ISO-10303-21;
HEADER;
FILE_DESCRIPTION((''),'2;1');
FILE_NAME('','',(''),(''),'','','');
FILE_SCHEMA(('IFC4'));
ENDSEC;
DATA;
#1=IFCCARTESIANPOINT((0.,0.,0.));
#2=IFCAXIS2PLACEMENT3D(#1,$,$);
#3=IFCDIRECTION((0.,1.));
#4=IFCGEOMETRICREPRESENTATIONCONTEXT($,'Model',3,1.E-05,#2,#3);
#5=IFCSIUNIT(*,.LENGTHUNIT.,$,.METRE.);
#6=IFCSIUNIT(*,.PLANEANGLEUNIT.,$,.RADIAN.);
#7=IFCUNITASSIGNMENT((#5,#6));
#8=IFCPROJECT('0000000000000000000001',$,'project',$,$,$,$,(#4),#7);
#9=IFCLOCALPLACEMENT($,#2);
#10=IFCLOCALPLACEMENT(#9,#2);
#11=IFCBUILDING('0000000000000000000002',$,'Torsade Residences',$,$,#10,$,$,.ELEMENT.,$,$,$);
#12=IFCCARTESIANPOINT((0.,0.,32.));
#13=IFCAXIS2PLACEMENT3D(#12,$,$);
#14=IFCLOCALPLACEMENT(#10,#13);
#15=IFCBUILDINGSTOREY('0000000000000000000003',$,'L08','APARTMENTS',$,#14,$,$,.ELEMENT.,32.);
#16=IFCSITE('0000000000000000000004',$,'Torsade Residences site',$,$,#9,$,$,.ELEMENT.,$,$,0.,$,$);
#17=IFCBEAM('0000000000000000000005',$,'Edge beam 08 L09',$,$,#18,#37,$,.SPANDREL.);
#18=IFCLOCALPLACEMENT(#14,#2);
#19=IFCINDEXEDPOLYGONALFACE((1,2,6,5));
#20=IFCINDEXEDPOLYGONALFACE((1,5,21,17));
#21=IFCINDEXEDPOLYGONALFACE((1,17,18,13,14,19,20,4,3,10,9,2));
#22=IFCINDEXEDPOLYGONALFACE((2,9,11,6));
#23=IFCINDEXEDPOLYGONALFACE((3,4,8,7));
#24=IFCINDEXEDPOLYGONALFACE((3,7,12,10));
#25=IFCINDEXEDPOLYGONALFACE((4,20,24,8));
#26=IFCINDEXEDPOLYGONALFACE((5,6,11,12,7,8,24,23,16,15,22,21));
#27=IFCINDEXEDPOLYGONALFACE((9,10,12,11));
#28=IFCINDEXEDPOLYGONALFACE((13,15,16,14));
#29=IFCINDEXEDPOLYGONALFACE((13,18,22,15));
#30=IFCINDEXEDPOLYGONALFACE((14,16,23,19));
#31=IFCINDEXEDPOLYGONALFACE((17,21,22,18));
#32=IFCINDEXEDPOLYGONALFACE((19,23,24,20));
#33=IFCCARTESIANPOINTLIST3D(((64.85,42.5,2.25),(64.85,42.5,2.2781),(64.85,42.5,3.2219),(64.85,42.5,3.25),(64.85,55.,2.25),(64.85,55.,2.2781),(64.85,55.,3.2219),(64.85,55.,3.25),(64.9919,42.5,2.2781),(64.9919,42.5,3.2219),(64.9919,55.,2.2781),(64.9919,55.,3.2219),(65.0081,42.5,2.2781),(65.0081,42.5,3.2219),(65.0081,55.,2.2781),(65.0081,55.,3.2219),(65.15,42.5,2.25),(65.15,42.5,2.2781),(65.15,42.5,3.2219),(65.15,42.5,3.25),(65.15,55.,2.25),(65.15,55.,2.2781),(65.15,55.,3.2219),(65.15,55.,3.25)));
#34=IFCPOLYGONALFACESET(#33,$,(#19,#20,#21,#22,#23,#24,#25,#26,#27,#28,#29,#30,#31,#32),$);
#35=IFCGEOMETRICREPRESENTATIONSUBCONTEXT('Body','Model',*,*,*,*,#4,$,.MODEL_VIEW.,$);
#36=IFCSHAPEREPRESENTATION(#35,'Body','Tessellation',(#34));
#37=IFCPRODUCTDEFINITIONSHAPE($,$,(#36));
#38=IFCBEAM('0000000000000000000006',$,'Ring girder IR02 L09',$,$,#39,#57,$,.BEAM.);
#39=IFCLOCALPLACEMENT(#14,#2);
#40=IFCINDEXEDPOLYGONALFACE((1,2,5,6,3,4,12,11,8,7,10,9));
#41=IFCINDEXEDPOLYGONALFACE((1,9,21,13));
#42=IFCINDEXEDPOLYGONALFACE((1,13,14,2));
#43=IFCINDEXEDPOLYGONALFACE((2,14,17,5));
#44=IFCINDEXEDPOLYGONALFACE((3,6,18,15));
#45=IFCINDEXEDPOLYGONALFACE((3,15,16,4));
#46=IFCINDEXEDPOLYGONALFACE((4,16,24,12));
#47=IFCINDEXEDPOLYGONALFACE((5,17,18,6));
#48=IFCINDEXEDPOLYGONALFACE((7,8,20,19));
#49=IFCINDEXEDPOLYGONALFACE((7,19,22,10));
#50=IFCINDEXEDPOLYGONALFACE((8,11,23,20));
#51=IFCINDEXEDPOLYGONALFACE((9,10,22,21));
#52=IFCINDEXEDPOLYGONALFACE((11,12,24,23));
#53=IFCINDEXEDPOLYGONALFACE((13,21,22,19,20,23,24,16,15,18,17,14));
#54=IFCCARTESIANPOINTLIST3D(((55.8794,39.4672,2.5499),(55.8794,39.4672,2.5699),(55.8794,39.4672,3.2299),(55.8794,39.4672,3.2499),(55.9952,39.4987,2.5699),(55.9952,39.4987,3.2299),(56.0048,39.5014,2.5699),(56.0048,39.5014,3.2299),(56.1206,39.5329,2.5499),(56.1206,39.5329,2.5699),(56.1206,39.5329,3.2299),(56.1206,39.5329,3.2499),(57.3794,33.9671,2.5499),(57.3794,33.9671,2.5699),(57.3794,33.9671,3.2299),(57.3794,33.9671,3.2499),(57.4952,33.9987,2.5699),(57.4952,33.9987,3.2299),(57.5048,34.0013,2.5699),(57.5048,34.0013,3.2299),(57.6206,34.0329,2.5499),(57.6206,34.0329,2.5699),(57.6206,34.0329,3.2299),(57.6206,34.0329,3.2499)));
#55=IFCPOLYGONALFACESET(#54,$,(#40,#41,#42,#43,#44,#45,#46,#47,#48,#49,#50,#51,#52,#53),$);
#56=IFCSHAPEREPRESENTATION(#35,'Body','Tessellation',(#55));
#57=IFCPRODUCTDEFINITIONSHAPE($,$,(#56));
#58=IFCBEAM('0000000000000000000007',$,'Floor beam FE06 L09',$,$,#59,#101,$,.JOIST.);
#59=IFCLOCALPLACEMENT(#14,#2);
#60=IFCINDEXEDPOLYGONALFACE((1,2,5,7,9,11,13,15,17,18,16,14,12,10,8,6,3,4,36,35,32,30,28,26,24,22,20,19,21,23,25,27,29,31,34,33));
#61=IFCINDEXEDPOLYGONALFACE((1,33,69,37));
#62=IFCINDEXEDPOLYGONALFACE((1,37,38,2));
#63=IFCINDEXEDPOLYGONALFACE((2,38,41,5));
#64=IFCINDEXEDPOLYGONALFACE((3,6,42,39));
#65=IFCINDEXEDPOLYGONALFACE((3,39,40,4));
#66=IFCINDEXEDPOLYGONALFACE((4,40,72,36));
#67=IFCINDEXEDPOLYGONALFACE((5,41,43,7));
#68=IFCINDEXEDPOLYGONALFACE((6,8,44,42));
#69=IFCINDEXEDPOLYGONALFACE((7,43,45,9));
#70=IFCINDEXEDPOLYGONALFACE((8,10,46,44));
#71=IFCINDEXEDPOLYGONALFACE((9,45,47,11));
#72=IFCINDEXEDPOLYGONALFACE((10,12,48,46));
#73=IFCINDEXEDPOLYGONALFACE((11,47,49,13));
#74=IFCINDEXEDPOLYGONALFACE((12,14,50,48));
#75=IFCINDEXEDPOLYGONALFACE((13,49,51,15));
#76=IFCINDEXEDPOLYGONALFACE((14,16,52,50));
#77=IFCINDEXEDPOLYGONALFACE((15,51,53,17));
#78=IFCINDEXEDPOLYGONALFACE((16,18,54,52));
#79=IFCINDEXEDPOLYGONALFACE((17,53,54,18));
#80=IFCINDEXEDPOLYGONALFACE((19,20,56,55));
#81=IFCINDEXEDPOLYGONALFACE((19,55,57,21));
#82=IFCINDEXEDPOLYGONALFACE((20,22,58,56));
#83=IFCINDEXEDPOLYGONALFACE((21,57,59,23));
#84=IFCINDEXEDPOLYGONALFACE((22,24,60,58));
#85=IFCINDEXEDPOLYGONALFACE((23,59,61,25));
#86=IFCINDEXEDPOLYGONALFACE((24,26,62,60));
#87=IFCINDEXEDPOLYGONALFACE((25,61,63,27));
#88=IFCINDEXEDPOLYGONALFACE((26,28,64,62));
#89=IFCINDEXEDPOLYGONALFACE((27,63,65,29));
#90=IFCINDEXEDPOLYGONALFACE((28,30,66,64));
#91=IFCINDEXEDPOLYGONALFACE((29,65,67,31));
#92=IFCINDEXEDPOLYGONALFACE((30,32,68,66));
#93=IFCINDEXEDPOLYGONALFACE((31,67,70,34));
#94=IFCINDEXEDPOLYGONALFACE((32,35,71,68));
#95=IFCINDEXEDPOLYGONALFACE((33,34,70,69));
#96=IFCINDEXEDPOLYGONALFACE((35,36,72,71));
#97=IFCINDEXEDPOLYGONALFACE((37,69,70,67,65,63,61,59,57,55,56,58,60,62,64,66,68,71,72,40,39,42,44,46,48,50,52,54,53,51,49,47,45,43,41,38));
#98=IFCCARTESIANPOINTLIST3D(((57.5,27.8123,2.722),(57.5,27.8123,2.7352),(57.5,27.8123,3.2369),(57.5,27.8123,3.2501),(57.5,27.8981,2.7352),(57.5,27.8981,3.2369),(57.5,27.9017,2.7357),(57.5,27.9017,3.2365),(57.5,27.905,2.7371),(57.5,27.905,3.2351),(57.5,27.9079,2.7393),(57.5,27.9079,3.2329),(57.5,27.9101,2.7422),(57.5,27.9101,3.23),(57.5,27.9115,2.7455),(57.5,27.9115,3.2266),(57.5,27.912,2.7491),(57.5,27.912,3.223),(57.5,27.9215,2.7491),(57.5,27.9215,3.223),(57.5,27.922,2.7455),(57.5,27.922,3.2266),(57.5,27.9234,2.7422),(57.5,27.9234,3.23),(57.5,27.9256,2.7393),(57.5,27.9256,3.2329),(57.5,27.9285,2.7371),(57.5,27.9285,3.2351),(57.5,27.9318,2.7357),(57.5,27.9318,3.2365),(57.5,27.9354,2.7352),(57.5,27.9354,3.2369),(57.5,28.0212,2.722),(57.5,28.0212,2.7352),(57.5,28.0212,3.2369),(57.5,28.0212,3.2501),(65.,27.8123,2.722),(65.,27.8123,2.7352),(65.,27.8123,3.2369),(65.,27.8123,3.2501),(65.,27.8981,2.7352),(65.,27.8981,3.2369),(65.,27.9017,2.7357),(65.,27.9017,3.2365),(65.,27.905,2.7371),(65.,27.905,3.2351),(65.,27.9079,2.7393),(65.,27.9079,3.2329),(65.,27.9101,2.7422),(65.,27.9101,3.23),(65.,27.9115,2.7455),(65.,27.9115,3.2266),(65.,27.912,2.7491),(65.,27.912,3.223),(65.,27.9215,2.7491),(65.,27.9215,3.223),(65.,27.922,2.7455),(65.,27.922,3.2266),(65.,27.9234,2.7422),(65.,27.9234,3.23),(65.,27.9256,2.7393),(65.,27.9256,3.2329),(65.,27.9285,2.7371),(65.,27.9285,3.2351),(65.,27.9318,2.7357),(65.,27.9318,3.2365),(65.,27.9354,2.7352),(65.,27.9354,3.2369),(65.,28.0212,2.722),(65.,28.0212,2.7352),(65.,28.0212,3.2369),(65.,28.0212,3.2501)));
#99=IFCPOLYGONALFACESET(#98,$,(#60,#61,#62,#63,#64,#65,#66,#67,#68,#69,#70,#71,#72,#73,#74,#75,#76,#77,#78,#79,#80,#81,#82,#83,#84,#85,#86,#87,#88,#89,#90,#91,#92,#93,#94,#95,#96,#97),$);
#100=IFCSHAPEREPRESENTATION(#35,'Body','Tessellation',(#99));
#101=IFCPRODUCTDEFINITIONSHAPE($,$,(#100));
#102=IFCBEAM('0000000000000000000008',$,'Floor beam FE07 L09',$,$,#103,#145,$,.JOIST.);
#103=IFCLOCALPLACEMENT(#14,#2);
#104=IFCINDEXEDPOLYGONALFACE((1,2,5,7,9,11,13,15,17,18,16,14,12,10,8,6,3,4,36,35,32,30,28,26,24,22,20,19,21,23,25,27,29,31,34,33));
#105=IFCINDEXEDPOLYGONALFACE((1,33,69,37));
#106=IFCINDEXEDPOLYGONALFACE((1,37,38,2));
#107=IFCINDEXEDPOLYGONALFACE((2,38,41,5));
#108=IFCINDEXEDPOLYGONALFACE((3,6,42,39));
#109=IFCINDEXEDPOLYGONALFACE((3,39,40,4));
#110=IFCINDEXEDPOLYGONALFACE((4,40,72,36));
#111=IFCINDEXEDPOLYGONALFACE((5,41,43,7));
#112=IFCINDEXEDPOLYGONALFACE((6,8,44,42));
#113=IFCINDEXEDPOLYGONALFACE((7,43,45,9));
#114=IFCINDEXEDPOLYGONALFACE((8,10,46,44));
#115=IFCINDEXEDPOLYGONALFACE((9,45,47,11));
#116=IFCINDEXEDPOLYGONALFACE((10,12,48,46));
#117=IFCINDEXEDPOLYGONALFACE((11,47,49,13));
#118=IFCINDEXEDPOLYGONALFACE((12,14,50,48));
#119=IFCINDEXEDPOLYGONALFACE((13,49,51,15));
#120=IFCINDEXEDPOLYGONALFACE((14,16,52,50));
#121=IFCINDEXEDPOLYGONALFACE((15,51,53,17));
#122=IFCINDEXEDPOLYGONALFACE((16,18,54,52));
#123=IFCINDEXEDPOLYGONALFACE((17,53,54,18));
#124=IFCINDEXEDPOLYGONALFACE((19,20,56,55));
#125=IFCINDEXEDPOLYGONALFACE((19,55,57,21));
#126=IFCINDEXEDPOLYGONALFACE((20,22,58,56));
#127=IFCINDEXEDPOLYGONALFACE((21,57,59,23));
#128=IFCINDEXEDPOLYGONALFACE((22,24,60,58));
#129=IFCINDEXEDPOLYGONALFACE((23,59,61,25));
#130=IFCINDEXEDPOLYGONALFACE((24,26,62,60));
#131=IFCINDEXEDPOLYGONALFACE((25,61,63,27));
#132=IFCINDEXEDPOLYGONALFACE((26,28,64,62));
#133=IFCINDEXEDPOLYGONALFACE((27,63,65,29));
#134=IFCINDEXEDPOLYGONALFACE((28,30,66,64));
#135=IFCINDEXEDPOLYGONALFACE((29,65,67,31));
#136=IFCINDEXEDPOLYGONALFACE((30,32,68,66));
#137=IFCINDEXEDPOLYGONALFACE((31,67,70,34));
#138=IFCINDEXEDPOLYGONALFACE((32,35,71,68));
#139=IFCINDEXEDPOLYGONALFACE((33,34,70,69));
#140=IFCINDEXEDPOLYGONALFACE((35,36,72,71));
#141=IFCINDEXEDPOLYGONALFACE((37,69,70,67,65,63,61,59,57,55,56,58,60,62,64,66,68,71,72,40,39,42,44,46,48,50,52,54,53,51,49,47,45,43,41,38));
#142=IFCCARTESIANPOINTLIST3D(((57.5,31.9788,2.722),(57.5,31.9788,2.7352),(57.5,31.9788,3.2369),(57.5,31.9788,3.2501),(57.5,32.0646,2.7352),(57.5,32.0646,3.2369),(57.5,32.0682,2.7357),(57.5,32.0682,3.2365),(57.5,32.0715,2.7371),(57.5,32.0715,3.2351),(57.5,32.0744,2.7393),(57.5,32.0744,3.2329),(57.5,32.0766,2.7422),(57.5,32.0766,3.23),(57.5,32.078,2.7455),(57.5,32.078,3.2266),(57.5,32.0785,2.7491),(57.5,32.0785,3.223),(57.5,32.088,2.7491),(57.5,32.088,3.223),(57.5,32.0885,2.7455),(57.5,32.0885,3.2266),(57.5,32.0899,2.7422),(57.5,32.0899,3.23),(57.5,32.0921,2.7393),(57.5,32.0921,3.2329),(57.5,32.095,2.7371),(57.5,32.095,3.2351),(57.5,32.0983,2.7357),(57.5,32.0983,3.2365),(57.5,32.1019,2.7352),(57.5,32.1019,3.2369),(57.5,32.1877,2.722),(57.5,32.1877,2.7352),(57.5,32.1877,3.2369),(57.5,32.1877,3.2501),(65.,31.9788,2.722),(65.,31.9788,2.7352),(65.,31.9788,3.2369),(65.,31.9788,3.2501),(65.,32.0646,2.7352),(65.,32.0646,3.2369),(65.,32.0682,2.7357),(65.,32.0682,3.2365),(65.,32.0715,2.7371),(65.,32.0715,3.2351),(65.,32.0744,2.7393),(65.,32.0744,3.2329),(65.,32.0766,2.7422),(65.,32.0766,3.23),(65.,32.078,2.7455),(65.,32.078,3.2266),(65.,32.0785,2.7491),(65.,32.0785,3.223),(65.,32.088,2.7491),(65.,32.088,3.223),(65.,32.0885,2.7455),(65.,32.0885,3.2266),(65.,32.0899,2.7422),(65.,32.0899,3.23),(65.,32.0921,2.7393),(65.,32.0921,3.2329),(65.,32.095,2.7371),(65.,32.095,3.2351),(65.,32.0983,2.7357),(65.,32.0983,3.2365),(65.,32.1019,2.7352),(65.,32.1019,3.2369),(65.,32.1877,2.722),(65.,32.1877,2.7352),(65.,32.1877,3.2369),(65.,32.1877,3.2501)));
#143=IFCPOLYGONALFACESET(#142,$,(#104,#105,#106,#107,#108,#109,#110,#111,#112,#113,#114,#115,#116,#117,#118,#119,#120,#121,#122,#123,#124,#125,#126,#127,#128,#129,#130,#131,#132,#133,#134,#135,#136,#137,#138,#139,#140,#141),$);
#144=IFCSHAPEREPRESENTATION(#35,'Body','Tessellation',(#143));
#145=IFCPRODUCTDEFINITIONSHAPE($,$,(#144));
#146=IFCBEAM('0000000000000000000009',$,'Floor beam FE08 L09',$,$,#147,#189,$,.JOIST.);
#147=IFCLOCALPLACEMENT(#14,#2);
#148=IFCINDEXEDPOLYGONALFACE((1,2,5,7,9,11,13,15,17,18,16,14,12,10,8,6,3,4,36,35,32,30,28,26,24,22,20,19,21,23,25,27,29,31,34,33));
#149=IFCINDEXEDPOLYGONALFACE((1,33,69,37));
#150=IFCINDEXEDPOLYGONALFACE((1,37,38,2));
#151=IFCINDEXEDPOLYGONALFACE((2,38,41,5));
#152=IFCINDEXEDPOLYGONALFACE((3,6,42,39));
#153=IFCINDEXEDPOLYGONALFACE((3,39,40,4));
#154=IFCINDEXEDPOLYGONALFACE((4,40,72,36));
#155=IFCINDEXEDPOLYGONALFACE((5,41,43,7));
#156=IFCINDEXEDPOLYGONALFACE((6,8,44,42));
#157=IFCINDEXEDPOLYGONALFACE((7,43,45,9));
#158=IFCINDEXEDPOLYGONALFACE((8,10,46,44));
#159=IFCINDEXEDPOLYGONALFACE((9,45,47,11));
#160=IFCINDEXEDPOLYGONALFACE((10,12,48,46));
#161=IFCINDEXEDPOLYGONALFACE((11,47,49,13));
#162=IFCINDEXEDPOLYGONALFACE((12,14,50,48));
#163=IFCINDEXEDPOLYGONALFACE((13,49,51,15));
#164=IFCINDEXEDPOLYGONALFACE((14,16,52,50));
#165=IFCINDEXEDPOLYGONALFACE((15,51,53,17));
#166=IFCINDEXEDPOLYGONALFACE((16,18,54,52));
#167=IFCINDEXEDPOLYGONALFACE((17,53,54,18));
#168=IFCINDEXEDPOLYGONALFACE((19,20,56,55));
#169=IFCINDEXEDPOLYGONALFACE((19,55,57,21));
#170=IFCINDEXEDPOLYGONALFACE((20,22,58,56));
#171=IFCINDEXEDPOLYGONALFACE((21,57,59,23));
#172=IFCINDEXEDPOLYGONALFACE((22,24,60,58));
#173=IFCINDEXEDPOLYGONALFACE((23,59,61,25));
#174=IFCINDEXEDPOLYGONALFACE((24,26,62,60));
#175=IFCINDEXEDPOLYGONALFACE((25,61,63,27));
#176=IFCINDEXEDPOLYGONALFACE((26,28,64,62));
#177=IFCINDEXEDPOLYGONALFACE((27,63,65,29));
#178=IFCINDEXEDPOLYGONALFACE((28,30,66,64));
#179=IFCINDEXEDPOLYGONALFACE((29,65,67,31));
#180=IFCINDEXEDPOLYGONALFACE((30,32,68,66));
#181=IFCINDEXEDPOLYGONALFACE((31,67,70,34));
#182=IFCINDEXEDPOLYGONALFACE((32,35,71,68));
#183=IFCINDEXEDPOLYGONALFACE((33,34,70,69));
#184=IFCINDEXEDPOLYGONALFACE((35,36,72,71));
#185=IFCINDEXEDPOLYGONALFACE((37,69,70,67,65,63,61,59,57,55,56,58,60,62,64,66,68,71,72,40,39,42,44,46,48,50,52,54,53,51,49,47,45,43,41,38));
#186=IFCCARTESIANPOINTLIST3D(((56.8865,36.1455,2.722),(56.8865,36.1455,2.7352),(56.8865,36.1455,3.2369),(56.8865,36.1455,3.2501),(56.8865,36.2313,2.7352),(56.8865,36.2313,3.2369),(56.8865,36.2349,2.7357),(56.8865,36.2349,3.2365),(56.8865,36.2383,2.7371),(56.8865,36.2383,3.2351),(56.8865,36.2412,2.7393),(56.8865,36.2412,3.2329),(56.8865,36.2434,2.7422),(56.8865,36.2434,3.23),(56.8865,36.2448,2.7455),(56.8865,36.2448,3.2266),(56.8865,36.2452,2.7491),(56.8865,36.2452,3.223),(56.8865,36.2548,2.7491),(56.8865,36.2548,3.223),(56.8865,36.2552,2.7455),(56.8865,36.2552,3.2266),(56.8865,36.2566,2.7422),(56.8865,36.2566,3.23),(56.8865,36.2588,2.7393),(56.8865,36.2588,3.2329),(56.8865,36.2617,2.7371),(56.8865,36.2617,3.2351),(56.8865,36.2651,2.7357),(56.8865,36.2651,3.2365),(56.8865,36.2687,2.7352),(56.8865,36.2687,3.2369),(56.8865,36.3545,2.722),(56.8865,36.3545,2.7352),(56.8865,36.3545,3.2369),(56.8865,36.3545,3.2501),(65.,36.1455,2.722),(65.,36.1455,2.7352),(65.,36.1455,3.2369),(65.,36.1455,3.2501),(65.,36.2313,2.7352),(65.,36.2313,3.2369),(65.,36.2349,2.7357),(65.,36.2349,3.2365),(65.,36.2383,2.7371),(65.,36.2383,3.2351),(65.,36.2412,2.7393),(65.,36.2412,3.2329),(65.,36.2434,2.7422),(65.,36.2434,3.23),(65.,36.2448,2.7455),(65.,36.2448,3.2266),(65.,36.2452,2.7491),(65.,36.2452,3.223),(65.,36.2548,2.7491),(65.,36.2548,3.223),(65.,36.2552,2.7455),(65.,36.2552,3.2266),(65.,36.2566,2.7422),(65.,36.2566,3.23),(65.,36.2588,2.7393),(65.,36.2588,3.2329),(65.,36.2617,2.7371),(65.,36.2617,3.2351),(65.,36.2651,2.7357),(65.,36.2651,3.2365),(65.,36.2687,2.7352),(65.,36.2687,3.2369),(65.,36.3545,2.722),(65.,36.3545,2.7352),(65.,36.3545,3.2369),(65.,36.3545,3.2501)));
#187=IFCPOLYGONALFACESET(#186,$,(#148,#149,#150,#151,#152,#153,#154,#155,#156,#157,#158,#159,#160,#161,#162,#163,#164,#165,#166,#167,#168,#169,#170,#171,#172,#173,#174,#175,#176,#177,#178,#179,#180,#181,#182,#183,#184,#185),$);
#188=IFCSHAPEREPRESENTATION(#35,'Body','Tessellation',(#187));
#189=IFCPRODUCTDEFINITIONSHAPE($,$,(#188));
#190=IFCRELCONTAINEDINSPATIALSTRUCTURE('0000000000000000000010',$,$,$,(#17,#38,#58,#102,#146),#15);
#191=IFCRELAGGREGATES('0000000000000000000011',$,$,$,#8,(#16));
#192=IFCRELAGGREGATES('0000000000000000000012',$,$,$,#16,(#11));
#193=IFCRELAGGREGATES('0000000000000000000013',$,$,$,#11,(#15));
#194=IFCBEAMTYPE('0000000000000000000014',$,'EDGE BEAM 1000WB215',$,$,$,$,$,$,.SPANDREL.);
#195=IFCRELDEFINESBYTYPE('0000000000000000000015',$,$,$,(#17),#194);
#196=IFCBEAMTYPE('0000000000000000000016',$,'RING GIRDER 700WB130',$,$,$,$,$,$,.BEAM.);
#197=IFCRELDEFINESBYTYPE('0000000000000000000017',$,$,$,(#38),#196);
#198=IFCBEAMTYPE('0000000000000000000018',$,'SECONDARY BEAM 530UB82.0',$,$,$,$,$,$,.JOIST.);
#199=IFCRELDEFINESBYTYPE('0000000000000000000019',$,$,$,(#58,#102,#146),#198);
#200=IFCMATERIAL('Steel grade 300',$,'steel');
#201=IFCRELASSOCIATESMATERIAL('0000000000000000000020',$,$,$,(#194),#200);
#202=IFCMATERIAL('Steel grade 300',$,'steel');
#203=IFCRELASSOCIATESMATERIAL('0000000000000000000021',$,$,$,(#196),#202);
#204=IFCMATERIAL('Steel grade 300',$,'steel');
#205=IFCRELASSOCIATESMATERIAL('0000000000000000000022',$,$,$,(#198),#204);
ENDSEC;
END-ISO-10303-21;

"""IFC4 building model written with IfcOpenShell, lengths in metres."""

from ifc_helpers import new_model, si_unit, direction, frame, origin, origin_2d, place, context, subcontext, project, spatial, i_section, extrude, material, material_profile, profile_set, type_object, element, save


model = new_model("IFC4")

# Units and contexts
model_context = context("Model", 3, precision=1e-05, world=origin(), true_north=direction((0.0, 1.0)))
body_context = subcontext(model_context, "Body", "Model", "MODEL_VIEW")
ifc_project = project(units=[si_unit("LENGTHUNIT", "METRE"), si_unit("PLANEANGLEUNIT", "RADIAN")], contexts=[model_context])

# Site, building, storey
site_placement = place(None, origin())
site = spatial("IfcSite", under=ifc_project, at=site_placement, Name="Torsade Residences site", CompositionType="ELEMENT", RefElevation=0.0)
building_placement = place(site_placement, origin())
building = spatial("IfcBuilding", under=site, at=building_placement, Name="Torsade Residences", CompositionType="ELEMENT")
storey_placement = place(building_placement, frame((0.0, 0.0, 32.0)))
storey = spatial("IfcBuildingStorey", under=building, at=storey_placement, Name="L08", Description="APARTMENTS", CompositionType="ELEMENT", Elevation=32.0)

# Beams
ifc_material_1 = material(Name="Steel grade 300", Category="steel")
ifc_material_profile_1 = material_profile(ifc_material_1, i_section(OverallWidth=0.3, OverallDepth=1.0, WebThickness=0.0161, FlangeThickness=0.0281, at=origin_2d()), Name="1000WB215")
ifc_profile_set_1 = profile_set([ifc_material_profile_1], Name="Steel grade 300")
beam_type_1 = type_object("IfcBeamType", Name="EDGE BEAM 1000WB215", PredefinedType="SPANDREL", material=ifc_profile_set_1)
for number, where, z_axis, x_axis, name in (
    (1, (65.0, 42.5, 2.75), (0.0, 1.0, 0.0), (-1.0, 0.0, 0.0), "Edge beam 08 L09"),
):
    element("IfcBeam", number, at=place(storey_placement, frame(where, z_axis=z_axis, x_axis=x_axis)), inside=storey, type_object=beam_type_1, Name=name, PredefinedType="SPANDREL", context=body_context, shape_type="SweptSolid", body=[
        extrude(i_section(OverallWidth=0.3, OverallDepth=1.0, WebThickness=0.0161, FlangeThickness=0.0281, at=origin_2d()), origin(), (0.0, 0.0, 1.0), 12.5),
    ])
ifc_material_2 = material(Name="Steel grade 300", Category="steel")
ifc_material_profile_2 = material_profile(ifc_material_2, i_section(OverallWidth=0.25, OverallDepth=0.7, WebThickness=0.01, FlangeThickness=0.02, at=origin_2d()), Name="700WB130")
ifc_profile_set_2 = profile_set([ifc_material_profile_2], Name="Steel grade 300")
beam_type_2 = type_object("IfcBeamType", Name="RING GIRDER 700WB130", PredefinedType="BEAM", material=ifc_profile_set_2)
beam_1_placement = place(storey_placement, frame((57.5, 34.0, 2.8999), z_axis=(-0.263117, 0.964764, 0.0), x_axis=(-0.964764, -0.263117, 0.0)))
element("IfcBeam", 2, at=beam_1_placement, inside=storey, type_object=beam_type_2, Name="Ring girder IR02 L09", PredefinedType="BEAM", context=body_context, shape_type="SweptSolid", body=[
    extrude(i_section(OverallWidth=0.25, OverallDepth=0.7, WebThickness=0.01, FlangeThickness=0.02, at=origin_2d()), origin(), (0.0, 0.0, 1.0), 5.7009),
])
ifc_material_3 = material(Name="Steel grade 300", Category="steel")
ifc_material_profile_3 = material_profile(ifc_material_3, i_section(OverallWidth=0.209, OverallDepth=0.5281, WebThickness=0.0095, FlangeThickness=0.0132, FilletRadius=0.0139, at=origin_2d()), Name="530UB82.0")
ifc_profile_set_3 = profile_set([ifc_material_profile_3], Name="Steel grade 300")
beam_type_3 = type_object("IfcBeamType", Name="SECONDARY BEAM 530UB82.0", PredefinedType="JOIST", material=ifc_profile_set_3)
for number, where, z_axis, x_axis, name in (
    (3, (65.0, 27.9167, 2.9861), (-1.0, 0.0, 0.0), (0.0, -1.0, 0.0), "Floor beam FE06 L09"),
    (4, (65.0, 32.0833, 2.9861), (-1.0, 0.0, 0.0), (0.0, -1.0, 0.0), "Floor beam FE07 L09"),
):
    element("IfcBeam", number, at=place(storey_placement, frame(where, z_axis=z_axis, x_axis=x_axis)), inside=storey, type_object=beam_type_3, Name=name, PredefinedType="JOIST", context=body_context, shape_type="SweptSolid", body=[
        extrude(i_section(OverallWidth=0.209, OverallDepth=0.5281, WebThickness=0.0095, FlangeThickness=0.0132, FilletRadius=0.0139, at=origin_2d()), origin(), (0.0, 0.0, 1.0), 7.5),
    ])
beam_2_placement = place(storey_placement, frame((65.0, 36.25, 2.9861), z_axis=(-1.0, 0.0, 0.0), x_axis=(0.0, -1.0, 0.0)))
element("IfcBeam", 5, at=beam_2_placement, inside=storey, type_object=beam_type_3, Name="Floor beam FE08 L09", PredefinedType="JOIST", context=body_context, shape_type="SweptSolid", body=[
    extrude(i_section(OverallWidth=0.209, OverallDepth=0.5281, WebThickness=0.0095, FlangeThickness=0.0132, FilletRadius=0.0139, at=origin_2d()), origin(), (0.0, 0.0, 1.0), 8.1135),
])

save(model, "model.ifc")
